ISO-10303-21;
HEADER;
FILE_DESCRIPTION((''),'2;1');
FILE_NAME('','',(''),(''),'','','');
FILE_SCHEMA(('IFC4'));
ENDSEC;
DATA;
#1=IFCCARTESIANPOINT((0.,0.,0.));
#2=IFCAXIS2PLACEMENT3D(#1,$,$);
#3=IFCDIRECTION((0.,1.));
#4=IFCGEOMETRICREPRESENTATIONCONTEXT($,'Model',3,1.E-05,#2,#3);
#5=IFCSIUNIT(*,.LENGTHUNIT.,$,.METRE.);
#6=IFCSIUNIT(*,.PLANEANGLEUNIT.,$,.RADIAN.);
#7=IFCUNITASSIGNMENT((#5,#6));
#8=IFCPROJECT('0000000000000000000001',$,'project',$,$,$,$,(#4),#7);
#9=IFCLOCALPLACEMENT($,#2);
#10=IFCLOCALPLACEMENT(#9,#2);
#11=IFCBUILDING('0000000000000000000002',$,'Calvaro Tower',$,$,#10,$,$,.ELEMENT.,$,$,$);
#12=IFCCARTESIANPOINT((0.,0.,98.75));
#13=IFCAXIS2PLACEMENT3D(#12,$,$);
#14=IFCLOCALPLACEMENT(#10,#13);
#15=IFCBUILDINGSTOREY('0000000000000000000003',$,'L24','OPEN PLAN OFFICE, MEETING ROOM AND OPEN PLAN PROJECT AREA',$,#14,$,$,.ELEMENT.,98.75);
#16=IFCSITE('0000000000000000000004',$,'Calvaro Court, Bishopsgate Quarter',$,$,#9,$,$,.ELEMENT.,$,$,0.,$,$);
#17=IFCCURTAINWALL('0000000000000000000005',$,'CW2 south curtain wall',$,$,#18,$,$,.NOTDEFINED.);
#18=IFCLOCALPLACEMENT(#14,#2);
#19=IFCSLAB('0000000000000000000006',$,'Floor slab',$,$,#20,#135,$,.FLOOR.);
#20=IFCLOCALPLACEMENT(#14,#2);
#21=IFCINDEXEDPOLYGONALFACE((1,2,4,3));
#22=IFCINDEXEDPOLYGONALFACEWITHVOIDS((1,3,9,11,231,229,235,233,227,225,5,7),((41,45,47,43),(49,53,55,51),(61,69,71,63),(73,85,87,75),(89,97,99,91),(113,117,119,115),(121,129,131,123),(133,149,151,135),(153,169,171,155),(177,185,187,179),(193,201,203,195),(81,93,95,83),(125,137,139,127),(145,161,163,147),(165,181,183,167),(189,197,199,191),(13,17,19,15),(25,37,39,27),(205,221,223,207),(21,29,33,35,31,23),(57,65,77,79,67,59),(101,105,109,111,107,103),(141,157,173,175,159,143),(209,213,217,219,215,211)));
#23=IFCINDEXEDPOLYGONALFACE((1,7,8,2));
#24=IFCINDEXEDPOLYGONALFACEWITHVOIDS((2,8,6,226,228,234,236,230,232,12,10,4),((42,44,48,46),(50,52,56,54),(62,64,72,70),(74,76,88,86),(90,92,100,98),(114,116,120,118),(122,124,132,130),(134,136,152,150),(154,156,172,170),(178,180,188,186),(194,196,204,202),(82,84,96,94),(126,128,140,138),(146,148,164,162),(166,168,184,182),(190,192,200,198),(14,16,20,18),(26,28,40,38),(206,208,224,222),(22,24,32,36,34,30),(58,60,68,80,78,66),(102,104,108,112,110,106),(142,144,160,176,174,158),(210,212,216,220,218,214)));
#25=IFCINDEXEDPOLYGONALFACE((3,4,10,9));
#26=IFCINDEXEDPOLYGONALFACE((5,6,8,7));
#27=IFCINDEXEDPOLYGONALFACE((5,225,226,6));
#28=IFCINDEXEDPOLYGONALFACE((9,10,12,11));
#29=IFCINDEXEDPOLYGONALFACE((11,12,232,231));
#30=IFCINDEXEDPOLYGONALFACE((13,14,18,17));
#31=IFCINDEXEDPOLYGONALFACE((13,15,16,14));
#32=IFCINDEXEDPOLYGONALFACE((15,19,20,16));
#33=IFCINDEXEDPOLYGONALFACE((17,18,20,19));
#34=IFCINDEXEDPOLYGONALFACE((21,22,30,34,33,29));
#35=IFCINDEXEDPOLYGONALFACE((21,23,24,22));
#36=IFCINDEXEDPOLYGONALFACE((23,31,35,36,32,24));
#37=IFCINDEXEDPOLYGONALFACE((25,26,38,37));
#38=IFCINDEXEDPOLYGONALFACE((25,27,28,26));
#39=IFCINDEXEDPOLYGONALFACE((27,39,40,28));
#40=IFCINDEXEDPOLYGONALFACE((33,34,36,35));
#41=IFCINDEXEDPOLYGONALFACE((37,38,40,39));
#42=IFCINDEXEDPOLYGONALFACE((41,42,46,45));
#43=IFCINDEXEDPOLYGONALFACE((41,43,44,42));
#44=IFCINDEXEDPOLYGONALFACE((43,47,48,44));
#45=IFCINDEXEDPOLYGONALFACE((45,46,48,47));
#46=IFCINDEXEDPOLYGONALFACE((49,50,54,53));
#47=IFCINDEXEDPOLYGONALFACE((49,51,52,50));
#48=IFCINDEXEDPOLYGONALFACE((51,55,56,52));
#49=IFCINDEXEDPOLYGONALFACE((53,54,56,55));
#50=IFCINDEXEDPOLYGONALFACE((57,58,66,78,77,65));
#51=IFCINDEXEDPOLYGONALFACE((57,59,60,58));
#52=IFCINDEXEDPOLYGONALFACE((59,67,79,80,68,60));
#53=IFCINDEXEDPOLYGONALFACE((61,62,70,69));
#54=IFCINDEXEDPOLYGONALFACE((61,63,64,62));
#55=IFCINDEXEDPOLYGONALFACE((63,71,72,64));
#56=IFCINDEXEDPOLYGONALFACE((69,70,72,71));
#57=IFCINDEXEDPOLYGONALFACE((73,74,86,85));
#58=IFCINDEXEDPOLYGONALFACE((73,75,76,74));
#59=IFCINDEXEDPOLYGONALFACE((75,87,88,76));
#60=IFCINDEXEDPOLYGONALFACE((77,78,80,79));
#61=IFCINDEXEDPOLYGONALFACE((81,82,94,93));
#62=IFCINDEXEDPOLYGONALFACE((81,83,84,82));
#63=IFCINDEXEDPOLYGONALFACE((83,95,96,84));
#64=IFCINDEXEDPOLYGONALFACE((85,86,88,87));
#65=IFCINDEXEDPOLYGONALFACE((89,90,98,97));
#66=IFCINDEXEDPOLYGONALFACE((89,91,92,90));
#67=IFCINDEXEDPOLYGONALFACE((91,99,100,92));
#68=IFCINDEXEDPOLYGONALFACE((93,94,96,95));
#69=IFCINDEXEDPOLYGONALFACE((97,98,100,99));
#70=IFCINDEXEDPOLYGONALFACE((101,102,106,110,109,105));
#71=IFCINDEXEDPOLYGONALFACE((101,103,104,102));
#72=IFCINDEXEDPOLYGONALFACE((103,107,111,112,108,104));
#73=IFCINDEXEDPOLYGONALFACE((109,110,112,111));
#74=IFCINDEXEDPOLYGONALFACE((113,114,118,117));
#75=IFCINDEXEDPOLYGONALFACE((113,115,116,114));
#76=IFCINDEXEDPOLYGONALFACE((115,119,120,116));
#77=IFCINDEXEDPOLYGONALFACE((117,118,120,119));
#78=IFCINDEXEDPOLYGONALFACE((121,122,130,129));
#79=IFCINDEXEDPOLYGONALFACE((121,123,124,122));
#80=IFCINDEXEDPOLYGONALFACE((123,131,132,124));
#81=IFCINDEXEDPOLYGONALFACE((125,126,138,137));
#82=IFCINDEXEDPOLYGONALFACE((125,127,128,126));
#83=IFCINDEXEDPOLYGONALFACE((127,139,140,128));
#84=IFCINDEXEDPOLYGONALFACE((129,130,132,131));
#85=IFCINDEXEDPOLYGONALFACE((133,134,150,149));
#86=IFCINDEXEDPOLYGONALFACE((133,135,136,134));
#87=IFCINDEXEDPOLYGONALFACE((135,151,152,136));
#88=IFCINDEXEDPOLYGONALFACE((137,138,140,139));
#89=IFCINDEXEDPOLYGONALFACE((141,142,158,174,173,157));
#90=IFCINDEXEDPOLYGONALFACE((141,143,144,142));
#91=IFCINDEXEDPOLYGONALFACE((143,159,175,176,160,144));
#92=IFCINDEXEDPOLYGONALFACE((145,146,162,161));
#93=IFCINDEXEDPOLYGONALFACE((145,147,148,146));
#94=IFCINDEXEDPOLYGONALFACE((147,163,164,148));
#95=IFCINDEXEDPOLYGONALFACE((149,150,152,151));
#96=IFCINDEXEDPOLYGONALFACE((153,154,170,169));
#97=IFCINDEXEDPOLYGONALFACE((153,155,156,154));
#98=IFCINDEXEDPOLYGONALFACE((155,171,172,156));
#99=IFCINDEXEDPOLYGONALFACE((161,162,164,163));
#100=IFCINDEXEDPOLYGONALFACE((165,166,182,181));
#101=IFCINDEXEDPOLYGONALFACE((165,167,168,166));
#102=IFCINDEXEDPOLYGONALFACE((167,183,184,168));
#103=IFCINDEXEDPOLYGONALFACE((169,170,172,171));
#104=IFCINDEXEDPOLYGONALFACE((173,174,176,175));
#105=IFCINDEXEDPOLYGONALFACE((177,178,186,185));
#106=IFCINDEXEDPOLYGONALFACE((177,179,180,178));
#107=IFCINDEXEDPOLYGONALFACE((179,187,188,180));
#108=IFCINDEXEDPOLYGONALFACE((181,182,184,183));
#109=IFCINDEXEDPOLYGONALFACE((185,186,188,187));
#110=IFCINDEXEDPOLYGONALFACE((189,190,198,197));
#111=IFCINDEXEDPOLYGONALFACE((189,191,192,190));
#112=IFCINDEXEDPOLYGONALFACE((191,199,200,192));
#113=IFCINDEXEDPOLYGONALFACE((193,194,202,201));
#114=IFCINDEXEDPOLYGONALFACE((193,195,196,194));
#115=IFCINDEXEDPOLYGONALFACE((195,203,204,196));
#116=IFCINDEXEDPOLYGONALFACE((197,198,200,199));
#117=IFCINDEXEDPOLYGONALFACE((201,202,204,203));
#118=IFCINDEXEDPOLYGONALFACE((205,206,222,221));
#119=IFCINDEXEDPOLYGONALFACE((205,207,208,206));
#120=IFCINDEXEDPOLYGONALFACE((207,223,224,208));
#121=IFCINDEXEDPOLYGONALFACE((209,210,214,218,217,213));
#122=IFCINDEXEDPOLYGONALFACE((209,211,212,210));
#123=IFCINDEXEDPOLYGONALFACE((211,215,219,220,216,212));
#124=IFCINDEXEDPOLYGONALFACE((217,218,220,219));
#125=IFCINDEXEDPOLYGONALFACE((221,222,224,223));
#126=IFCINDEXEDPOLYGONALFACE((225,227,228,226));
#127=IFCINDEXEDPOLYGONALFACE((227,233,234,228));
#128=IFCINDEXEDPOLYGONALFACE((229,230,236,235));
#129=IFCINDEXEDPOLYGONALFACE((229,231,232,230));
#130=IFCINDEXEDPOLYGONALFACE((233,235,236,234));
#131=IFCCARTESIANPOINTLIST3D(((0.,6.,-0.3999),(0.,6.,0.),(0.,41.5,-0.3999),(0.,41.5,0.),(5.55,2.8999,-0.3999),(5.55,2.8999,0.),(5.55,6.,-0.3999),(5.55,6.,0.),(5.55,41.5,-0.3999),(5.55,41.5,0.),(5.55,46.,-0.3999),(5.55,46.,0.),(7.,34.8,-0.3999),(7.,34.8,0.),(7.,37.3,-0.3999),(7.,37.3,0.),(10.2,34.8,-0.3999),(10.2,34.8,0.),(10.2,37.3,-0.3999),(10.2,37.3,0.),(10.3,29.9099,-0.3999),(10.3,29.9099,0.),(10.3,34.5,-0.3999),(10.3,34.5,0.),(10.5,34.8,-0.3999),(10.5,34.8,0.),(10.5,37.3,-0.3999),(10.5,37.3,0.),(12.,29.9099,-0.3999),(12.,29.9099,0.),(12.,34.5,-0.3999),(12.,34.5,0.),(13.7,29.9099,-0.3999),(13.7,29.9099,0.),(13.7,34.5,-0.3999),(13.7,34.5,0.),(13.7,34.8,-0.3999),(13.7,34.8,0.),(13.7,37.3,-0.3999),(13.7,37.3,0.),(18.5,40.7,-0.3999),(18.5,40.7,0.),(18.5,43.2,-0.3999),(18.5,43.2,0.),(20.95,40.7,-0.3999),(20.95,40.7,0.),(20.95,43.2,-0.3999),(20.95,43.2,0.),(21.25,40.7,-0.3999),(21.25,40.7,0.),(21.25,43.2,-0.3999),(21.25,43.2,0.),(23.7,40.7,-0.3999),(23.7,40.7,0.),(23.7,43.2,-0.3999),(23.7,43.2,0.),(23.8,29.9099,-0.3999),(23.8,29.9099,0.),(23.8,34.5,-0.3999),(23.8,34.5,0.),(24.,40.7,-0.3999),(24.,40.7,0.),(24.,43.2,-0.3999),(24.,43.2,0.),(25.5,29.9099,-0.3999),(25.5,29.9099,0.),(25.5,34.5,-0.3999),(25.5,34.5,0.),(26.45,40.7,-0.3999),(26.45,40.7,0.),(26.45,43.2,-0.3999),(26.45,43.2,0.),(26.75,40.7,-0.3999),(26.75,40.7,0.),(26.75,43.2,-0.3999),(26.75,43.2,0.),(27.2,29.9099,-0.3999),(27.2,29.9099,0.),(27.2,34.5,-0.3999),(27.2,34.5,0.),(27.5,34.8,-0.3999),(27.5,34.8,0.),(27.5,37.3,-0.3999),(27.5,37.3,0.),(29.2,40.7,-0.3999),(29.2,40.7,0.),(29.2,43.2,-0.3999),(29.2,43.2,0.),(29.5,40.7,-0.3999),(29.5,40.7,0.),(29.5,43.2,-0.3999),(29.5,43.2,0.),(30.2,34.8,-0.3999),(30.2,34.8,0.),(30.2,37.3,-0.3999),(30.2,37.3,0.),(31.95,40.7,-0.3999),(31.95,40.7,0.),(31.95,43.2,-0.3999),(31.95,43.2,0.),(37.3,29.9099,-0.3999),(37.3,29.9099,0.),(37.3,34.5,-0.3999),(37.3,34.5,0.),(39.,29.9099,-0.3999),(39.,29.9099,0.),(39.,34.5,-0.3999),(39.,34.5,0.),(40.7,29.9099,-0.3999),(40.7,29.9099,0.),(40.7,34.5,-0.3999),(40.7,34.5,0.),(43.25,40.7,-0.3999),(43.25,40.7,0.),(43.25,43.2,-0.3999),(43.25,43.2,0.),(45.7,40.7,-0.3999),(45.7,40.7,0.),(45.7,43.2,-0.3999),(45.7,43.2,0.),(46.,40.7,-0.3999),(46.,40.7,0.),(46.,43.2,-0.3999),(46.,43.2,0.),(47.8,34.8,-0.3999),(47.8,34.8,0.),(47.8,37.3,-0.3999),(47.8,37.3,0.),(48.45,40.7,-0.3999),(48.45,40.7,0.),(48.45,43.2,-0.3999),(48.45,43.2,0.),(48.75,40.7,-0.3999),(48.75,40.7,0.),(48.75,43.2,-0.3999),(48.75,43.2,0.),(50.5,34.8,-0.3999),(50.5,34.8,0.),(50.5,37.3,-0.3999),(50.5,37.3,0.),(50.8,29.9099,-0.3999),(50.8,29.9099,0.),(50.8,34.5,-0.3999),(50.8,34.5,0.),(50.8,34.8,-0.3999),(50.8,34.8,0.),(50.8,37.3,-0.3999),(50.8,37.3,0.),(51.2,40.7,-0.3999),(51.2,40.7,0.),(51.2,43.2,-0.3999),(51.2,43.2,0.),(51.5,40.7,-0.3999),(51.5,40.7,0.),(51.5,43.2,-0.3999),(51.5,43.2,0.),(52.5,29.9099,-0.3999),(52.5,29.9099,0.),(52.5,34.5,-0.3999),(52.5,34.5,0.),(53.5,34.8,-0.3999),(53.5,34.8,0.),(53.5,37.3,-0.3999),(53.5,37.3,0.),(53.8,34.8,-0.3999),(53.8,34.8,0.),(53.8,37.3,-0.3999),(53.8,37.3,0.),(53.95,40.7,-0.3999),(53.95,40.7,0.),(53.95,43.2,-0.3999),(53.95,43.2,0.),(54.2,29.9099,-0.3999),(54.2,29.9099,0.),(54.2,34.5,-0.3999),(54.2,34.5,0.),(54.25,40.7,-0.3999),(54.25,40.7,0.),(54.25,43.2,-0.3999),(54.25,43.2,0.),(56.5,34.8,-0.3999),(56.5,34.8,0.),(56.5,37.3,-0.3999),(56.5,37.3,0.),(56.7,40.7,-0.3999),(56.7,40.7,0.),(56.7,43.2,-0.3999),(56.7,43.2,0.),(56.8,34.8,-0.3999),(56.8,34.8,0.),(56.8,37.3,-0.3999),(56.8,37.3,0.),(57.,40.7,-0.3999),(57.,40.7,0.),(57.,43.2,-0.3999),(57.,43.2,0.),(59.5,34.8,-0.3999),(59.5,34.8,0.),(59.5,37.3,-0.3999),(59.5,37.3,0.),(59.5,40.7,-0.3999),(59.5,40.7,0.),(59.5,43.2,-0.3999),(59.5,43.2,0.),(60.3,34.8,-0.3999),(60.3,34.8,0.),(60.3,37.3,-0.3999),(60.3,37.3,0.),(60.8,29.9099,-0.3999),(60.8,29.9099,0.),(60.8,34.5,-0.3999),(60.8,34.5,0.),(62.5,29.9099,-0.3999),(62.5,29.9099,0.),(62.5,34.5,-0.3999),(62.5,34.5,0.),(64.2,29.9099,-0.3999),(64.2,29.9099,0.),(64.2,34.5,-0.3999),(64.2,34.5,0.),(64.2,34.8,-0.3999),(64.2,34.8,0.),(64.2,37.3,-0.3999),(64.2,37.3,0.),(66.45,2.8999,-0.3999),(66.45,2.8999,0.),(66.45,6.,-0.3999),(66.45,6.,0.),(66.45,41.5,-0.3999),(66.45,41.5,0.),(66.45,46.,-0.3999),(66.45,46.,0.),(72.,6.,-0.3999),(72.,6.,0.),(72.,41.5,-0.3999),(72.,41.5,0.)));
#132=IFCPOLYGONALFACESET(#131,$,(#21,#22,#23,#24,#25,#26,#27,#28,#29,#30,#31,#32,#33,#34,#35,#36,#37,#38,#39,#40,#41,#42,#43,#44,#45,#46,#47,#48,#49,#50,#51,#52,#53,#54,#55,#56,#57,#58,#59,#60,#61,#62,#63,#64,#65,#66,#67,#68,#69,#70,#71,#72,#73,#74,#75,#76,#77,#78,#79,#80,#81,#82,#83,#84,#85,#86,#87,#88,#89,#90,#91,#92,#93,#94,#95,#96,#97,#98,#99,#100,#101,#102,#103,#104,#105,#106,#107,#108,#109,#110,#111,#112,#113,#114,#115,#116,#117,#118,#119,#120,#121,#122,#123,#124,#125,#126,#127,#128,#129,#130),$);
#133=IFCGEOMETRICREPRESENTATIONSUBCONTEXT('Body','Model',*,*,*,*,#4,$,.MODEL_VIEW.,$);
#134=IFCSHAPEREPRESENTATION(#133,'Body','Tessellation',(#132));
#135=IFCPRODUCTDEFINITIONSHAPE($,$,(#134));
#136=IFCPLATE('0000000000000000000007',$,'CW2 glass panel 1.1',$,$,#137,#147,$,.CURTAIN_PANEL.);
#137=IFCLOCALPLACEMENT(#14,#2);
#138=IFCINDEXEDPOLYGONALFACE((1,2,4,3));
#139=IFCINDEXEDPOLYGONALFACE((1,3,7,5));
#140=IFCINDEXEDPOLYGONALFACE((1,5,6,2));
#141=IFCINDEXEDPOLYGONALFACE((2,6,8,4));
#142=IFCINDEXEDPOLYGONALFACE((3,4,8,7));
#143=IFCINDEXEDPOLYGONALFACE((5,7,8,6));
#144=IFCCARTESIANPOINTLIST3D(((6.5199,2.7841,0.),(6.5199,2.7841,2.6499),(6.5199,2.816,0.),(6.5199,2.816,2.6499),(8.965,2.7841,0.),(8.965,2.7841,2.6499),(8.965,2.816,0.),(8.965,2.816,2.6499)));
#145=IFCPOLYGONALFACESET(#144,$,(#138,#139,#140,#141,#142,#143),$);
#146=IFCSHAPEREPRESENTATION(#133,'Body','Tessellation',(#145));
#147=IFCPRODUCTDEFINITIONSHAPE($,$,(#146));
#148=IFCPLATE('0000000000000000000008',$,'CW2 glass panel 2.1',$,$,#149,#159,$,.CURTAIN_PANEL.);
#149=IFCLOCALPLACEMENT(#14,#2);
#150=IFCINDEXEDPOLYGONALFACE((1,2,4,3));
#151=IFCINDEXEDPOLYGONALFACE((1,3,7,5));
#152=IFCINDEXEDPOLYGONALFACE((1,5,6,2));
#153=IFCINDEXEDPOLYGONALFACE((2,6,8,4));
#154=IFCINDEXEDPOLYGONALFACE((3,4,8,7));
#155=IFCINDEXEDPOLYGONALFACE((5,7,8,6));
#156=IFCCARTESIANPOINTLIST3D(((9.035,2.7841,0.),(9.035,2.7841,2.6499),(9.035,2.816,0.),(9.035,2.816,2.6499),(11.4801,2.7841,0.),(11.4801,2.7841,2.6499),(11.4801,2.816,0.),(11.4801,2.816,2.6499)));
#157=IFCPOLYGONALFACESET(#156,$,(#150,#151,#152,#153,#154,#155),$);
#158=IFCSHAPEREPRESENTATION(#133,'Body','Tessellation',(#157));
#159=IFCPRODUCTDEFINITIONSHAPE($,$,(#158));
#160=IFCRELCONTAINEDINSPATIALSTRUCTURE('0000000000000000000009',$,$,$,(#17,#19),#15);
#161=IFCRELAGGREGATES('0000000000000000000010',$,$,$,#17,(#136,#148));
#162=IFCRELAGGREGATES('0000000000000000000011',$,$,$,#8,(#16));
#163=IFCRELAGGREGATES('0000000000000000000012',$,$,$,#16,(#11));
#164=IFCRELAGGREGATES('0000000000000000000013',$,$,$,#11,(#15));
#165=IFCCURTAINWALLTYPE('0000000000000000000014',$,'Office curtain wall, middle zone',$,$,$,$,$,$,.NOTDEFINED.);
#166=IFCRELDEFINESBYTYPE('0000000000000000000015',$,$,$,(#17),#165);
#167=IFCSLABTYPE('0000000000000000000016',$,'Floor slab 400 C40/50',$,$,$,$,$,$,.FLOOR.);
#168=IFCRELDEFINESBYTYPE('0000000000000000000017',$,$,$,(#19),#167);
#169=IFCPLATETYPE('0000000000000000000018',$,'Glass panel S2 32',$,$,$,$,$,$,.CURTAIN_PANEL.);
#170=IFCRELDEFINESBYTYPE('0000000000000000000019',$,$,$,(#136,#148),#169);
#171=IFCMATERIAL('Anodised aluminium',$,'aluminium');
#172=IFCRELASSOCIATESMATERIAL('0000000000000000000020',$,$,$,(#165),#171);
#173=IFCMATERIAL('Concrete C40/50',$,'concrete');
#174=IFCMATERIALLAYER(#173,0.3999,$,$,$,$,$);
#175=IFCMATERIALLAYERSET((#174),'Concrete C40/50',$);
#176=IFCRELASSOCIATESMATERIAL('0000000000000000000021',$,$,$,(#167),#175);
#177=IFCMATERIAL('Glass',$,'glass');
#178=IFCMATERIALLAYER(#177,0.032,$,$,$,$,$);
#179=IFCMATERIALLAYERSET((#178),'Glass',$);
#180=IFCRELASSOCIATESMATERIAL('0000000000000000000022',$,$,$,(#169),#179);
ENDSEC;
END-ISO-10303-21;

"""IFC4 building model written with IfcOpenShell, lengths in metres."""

from ifc_helpers import new_model, si_unit, direction, frame, origin, origin_2d, place, context, subcontext, project, spatial, polyline, rectangle, outline, extrude, material, layer, layer_set, type_object, element, aggregate, save


model = new_model("IFC4")

# Units and contexts
model_context = context("Model", 3, precision=1e-05, world=origin(), true_north=direction((0.0, 1.0)))
body_context = subcontext(model_context, "Body", "Model", "MODEL_VIEW")
ifc_project = project(units=[si_unit("LENGTHUNIT", "METRE"), si_unit("PLANEANGLEUNIT", "RADIAN")], contexts=[model_context])

# Site, building, storey
site_placement = place(None, origin())
site = spatial("IfcSite", under=ifc_project, at=site_placement, Name="Calvaro Court, Bishopsgate Quarter", CompositionType="ELEMENT", RefElevation=0.0)
building_placement = place(site_placement, origin())
building = spatial("IfcBuilding", under=site, at=building_placement, Name="Calvaro Tower", CompositionType="ELEMENT")
storey_placement = place(building_placement, frame((0.0, 0.0, 98.75)))
storey = spatial("IfcBuildingStorey", under=building, at=storey_placement, Name="L24", Description="OPEN PLAN OFFICE, MEETING ROOM AND OPEN PLAN PROJECT AREA", CompositionType="ELEMENT", Elevation=98.75)

# Curtain wall
ifc_material_1 = material(Name="Anodised aluminium", Category="aluminium")
curtain_wall_type = type_object("IfcCurtainWallType", Name="Office curtain wall, middle zone", PredefinedType="NOTDEFINED", material=ifc_material_1)
curtain_wall_1_placement = place(storey_placement, origin())
curtain_wall_1 = element("IfcCurtainWall", 1, at=curtain_wall_1_placement, inside=storey, type_object=curtain_wall_type, Name="CW2 south curtain wall", PredefinedType="NOTDEFINED")

# Slab
ifc_material_2 = material(Name="Concrete C40/50", Category="concrete")
ifc_layer_1 = layer(ifc_material_2, 0.3999)
ifc_layer_set_1 = layer_set([ifc_layer_1], Name="Concrete C40/50")
slab_type_1 = type_object("IfcSlabType", Name="Floor slab 400 C40/50", PredefinedType="FLOOR", material=ifc_layer_set_1)
slab_1_placement = place(storey_placement, frame((0.0, 0.0, -0.3999)))
element("IfcSlab", 2, at=slab_1_placement, inside=storey, type_object=slab_type_1, Name="Floor slab", PredefinedType="FLOOR", context=body_context, shape_type="SweptSolid", body=[
    extrude(outline(polyline([(66.45, 6.0), (66.45, 2.8999), (5.55, 2.8999), (5.55, 6.0), (0.0, 6.0), (0.0, 41.5), (5.55, 41.5), (5.55, 46.0), (66.45, 46.0), (66.45, 41.5), (72.0, 41.5), (72.0, 6.0), (66.45, 6.0)]), holes=[polyline([(10.3, 29.9099), (10.3, 34.5), (12.0, 34.5), (13.7, 34.5), (13.7, 29.9099), (12.0, 29.9099), (10.3, 29.9099)]), polyline([(23.8, 29.9099), (23.8, 34.5), (25.5, 34.5), (27.2, 34.5), (27.2, 29.9099), (25.5, 29.9099), (23.8, 29.9099)]), polyline([(37.3, 29.9099), (37.3, 34.5), (39.0, 34.5), (40.7, 34.5), (40.7, 29.9099), (39.0, 29.9099), (37.3, 29.9099)]), polyline([(50.8, 29.9099), (50.8, 34.5), (52.5, 34.5), (54.2, 34.5), (54.2, 29.9099), (52.5, 29.9099), (50.8, 29.9099)]), polyline([(60.8, 29.9099), (60.8, 34.5), (62.5, 34.5), (64.2, 34.5), (64.2, 29.9099), (62.5, 29.9099), (60.8, 29.9099)]), polyline([(50.8, 34.8), (53.5, 34.8), (53.5, 37.3), (50.8, 37.3), (50.8, 34.8)]), polyline([(53.8, 34.8), (56.5, 34.8), (56.5, 37.3), (53.8, 37.3), (53.8, 34.8)]), polyline([(56.8, 34.8), (59.5, 34.8), (59.5, 37.3), (56.8, 37.3), (56.8, 34.8)]), polyline([(18.5, 40.7), (20.95, 40.7), (20.95, 43.2), (18.5, 43.2), (18.5, 40.7)]), polyline([(21.25, 40.7), (23.7, 40.7), (23.7, 43.2), (21.25, 43.2), (21.25, 40.7)]), polyline([(24.0, 40.7), (26.45, 40.7), (26.45, 43.2), (24.0, 43.2), (24.0, 40.7)]), polyline([(26.75, 40.7), (29.2, 40.7), (29.2, 43.2), (26.75, 43.2), (26.75, 40.7)]), polyline([(29.5, 40.7), (31.95, 40.7), (31.95, 43.2), (29.5, 43.2), (29.5, 40.7)]), polyline([(43.25, 40.7), (45.7, 40.7), (45.7, 43.2), (43.25, 43.2), (43.25, 40.7)]), polyline([(46.0, 40.7), (48.45, 40.7), (48.45, 43.2), (46.0, 43.2), (46.0, 40.7)]), polyline([(48.75, 40.7), (51.2, 40.7), (51.2, 43.2), (48.75, 43.2), (48.75, 40.7)]), polyline([(51.5, 40.7), (53.95, 40.7), (53.95, 43.2), (51.5, 43.2), (51.5, 40.7)]), polyline([(54.25, 40.7), (56.7, 40.7), (56.7, 43.2), (54.25, 43.2), (54.25, 40.7)]), polyline([(57.0, 40.7), (59.5, 40.7), (59.5, 43.2), (57.0, 43.2), (57.0, 40.7)]), polyline([(7.0, 34.8), (10.2, 34.8), (10.2, 37.3), (7.0, 37.3), (7.0, 34.8)]), polyline([(10.5, 34.8), (13.7, 34.8), (13.7, 37.3), (10.5, 37.3), (10.5, 34.8)]), polyline([(60.3, 34.8), (64.2, 34.8), (64.2, 37.3), (60.3, 37.3), (60.3, 34.8)]), polyline([(27.5, 34.8), (30.2, 34.8), (30.2, 37.3), (27.5, 37.3), (27.5, 34.8)]), polyline([(47.8, 34.8), (50.5, 34.8), (50.5, 37.3), (47.8, 37.3), (47.8, 34.8)])]), origin(), (0.0, 0.0, 1.0), 0.3999),
])

# Plates
ifc_material_3 = material(Name="Glass", Category="glass")
ifc_layer_2 = layer(ifc_material_3, 0.032)
ifc_layer_set_2 = layer_set([ifc_layer_2], Name="Glass")
plate_type = type_object("IfcPlateType", Name="Glass panel S2 32", PredefinedType="CURTAIN_PANEL", material=ifc_layer_set_2)
plate_1_placement = place(storey_placement, frame((7.7424, 2.8, 0.0), z_axis=(0.0, 0.0, 1.0), x_axis=(1.0, 0.0, 0.0)))
plate_1 = element("IfcPlate", 3, at=plate_1_placement, type_object=plate_type, Name="CW2 glass panel 1.1", PredefinedType="CURTAIN_PANEL", context=body_context, shape_type="SweptSolid", body=[
    extrude(rectangle(XDim=2.4451, YDim=0.032, at=origin_2d()), origin(), (0.0, 0.0, 1.0), 2.6499),
])
plate_2_placement = place(storey_placement, frame((10.2576, 2.8, 0.0), z_axis=(0.0, 0.0, 1.0), x_axis=(1.0, 0.0, 0.0)))
plate_2 = element("IfcPlate", 4, at=plate_2_placement, type_object=plate_type, Name="CW2 glass panel 2.1", PredefinedType="CURTAIN_PANEL", context=body_context, shape_type="SweptSolid", body=[
    extrude(rectangle(XDim=2.4451, YDim=0.032, at=origin_2d()), origin(), (0.0, 0.0, 1.0), 2.6499),
])
aggregate(curtain_wall_1, [plate_1, plate_2])

save(model, "model.ifc")
